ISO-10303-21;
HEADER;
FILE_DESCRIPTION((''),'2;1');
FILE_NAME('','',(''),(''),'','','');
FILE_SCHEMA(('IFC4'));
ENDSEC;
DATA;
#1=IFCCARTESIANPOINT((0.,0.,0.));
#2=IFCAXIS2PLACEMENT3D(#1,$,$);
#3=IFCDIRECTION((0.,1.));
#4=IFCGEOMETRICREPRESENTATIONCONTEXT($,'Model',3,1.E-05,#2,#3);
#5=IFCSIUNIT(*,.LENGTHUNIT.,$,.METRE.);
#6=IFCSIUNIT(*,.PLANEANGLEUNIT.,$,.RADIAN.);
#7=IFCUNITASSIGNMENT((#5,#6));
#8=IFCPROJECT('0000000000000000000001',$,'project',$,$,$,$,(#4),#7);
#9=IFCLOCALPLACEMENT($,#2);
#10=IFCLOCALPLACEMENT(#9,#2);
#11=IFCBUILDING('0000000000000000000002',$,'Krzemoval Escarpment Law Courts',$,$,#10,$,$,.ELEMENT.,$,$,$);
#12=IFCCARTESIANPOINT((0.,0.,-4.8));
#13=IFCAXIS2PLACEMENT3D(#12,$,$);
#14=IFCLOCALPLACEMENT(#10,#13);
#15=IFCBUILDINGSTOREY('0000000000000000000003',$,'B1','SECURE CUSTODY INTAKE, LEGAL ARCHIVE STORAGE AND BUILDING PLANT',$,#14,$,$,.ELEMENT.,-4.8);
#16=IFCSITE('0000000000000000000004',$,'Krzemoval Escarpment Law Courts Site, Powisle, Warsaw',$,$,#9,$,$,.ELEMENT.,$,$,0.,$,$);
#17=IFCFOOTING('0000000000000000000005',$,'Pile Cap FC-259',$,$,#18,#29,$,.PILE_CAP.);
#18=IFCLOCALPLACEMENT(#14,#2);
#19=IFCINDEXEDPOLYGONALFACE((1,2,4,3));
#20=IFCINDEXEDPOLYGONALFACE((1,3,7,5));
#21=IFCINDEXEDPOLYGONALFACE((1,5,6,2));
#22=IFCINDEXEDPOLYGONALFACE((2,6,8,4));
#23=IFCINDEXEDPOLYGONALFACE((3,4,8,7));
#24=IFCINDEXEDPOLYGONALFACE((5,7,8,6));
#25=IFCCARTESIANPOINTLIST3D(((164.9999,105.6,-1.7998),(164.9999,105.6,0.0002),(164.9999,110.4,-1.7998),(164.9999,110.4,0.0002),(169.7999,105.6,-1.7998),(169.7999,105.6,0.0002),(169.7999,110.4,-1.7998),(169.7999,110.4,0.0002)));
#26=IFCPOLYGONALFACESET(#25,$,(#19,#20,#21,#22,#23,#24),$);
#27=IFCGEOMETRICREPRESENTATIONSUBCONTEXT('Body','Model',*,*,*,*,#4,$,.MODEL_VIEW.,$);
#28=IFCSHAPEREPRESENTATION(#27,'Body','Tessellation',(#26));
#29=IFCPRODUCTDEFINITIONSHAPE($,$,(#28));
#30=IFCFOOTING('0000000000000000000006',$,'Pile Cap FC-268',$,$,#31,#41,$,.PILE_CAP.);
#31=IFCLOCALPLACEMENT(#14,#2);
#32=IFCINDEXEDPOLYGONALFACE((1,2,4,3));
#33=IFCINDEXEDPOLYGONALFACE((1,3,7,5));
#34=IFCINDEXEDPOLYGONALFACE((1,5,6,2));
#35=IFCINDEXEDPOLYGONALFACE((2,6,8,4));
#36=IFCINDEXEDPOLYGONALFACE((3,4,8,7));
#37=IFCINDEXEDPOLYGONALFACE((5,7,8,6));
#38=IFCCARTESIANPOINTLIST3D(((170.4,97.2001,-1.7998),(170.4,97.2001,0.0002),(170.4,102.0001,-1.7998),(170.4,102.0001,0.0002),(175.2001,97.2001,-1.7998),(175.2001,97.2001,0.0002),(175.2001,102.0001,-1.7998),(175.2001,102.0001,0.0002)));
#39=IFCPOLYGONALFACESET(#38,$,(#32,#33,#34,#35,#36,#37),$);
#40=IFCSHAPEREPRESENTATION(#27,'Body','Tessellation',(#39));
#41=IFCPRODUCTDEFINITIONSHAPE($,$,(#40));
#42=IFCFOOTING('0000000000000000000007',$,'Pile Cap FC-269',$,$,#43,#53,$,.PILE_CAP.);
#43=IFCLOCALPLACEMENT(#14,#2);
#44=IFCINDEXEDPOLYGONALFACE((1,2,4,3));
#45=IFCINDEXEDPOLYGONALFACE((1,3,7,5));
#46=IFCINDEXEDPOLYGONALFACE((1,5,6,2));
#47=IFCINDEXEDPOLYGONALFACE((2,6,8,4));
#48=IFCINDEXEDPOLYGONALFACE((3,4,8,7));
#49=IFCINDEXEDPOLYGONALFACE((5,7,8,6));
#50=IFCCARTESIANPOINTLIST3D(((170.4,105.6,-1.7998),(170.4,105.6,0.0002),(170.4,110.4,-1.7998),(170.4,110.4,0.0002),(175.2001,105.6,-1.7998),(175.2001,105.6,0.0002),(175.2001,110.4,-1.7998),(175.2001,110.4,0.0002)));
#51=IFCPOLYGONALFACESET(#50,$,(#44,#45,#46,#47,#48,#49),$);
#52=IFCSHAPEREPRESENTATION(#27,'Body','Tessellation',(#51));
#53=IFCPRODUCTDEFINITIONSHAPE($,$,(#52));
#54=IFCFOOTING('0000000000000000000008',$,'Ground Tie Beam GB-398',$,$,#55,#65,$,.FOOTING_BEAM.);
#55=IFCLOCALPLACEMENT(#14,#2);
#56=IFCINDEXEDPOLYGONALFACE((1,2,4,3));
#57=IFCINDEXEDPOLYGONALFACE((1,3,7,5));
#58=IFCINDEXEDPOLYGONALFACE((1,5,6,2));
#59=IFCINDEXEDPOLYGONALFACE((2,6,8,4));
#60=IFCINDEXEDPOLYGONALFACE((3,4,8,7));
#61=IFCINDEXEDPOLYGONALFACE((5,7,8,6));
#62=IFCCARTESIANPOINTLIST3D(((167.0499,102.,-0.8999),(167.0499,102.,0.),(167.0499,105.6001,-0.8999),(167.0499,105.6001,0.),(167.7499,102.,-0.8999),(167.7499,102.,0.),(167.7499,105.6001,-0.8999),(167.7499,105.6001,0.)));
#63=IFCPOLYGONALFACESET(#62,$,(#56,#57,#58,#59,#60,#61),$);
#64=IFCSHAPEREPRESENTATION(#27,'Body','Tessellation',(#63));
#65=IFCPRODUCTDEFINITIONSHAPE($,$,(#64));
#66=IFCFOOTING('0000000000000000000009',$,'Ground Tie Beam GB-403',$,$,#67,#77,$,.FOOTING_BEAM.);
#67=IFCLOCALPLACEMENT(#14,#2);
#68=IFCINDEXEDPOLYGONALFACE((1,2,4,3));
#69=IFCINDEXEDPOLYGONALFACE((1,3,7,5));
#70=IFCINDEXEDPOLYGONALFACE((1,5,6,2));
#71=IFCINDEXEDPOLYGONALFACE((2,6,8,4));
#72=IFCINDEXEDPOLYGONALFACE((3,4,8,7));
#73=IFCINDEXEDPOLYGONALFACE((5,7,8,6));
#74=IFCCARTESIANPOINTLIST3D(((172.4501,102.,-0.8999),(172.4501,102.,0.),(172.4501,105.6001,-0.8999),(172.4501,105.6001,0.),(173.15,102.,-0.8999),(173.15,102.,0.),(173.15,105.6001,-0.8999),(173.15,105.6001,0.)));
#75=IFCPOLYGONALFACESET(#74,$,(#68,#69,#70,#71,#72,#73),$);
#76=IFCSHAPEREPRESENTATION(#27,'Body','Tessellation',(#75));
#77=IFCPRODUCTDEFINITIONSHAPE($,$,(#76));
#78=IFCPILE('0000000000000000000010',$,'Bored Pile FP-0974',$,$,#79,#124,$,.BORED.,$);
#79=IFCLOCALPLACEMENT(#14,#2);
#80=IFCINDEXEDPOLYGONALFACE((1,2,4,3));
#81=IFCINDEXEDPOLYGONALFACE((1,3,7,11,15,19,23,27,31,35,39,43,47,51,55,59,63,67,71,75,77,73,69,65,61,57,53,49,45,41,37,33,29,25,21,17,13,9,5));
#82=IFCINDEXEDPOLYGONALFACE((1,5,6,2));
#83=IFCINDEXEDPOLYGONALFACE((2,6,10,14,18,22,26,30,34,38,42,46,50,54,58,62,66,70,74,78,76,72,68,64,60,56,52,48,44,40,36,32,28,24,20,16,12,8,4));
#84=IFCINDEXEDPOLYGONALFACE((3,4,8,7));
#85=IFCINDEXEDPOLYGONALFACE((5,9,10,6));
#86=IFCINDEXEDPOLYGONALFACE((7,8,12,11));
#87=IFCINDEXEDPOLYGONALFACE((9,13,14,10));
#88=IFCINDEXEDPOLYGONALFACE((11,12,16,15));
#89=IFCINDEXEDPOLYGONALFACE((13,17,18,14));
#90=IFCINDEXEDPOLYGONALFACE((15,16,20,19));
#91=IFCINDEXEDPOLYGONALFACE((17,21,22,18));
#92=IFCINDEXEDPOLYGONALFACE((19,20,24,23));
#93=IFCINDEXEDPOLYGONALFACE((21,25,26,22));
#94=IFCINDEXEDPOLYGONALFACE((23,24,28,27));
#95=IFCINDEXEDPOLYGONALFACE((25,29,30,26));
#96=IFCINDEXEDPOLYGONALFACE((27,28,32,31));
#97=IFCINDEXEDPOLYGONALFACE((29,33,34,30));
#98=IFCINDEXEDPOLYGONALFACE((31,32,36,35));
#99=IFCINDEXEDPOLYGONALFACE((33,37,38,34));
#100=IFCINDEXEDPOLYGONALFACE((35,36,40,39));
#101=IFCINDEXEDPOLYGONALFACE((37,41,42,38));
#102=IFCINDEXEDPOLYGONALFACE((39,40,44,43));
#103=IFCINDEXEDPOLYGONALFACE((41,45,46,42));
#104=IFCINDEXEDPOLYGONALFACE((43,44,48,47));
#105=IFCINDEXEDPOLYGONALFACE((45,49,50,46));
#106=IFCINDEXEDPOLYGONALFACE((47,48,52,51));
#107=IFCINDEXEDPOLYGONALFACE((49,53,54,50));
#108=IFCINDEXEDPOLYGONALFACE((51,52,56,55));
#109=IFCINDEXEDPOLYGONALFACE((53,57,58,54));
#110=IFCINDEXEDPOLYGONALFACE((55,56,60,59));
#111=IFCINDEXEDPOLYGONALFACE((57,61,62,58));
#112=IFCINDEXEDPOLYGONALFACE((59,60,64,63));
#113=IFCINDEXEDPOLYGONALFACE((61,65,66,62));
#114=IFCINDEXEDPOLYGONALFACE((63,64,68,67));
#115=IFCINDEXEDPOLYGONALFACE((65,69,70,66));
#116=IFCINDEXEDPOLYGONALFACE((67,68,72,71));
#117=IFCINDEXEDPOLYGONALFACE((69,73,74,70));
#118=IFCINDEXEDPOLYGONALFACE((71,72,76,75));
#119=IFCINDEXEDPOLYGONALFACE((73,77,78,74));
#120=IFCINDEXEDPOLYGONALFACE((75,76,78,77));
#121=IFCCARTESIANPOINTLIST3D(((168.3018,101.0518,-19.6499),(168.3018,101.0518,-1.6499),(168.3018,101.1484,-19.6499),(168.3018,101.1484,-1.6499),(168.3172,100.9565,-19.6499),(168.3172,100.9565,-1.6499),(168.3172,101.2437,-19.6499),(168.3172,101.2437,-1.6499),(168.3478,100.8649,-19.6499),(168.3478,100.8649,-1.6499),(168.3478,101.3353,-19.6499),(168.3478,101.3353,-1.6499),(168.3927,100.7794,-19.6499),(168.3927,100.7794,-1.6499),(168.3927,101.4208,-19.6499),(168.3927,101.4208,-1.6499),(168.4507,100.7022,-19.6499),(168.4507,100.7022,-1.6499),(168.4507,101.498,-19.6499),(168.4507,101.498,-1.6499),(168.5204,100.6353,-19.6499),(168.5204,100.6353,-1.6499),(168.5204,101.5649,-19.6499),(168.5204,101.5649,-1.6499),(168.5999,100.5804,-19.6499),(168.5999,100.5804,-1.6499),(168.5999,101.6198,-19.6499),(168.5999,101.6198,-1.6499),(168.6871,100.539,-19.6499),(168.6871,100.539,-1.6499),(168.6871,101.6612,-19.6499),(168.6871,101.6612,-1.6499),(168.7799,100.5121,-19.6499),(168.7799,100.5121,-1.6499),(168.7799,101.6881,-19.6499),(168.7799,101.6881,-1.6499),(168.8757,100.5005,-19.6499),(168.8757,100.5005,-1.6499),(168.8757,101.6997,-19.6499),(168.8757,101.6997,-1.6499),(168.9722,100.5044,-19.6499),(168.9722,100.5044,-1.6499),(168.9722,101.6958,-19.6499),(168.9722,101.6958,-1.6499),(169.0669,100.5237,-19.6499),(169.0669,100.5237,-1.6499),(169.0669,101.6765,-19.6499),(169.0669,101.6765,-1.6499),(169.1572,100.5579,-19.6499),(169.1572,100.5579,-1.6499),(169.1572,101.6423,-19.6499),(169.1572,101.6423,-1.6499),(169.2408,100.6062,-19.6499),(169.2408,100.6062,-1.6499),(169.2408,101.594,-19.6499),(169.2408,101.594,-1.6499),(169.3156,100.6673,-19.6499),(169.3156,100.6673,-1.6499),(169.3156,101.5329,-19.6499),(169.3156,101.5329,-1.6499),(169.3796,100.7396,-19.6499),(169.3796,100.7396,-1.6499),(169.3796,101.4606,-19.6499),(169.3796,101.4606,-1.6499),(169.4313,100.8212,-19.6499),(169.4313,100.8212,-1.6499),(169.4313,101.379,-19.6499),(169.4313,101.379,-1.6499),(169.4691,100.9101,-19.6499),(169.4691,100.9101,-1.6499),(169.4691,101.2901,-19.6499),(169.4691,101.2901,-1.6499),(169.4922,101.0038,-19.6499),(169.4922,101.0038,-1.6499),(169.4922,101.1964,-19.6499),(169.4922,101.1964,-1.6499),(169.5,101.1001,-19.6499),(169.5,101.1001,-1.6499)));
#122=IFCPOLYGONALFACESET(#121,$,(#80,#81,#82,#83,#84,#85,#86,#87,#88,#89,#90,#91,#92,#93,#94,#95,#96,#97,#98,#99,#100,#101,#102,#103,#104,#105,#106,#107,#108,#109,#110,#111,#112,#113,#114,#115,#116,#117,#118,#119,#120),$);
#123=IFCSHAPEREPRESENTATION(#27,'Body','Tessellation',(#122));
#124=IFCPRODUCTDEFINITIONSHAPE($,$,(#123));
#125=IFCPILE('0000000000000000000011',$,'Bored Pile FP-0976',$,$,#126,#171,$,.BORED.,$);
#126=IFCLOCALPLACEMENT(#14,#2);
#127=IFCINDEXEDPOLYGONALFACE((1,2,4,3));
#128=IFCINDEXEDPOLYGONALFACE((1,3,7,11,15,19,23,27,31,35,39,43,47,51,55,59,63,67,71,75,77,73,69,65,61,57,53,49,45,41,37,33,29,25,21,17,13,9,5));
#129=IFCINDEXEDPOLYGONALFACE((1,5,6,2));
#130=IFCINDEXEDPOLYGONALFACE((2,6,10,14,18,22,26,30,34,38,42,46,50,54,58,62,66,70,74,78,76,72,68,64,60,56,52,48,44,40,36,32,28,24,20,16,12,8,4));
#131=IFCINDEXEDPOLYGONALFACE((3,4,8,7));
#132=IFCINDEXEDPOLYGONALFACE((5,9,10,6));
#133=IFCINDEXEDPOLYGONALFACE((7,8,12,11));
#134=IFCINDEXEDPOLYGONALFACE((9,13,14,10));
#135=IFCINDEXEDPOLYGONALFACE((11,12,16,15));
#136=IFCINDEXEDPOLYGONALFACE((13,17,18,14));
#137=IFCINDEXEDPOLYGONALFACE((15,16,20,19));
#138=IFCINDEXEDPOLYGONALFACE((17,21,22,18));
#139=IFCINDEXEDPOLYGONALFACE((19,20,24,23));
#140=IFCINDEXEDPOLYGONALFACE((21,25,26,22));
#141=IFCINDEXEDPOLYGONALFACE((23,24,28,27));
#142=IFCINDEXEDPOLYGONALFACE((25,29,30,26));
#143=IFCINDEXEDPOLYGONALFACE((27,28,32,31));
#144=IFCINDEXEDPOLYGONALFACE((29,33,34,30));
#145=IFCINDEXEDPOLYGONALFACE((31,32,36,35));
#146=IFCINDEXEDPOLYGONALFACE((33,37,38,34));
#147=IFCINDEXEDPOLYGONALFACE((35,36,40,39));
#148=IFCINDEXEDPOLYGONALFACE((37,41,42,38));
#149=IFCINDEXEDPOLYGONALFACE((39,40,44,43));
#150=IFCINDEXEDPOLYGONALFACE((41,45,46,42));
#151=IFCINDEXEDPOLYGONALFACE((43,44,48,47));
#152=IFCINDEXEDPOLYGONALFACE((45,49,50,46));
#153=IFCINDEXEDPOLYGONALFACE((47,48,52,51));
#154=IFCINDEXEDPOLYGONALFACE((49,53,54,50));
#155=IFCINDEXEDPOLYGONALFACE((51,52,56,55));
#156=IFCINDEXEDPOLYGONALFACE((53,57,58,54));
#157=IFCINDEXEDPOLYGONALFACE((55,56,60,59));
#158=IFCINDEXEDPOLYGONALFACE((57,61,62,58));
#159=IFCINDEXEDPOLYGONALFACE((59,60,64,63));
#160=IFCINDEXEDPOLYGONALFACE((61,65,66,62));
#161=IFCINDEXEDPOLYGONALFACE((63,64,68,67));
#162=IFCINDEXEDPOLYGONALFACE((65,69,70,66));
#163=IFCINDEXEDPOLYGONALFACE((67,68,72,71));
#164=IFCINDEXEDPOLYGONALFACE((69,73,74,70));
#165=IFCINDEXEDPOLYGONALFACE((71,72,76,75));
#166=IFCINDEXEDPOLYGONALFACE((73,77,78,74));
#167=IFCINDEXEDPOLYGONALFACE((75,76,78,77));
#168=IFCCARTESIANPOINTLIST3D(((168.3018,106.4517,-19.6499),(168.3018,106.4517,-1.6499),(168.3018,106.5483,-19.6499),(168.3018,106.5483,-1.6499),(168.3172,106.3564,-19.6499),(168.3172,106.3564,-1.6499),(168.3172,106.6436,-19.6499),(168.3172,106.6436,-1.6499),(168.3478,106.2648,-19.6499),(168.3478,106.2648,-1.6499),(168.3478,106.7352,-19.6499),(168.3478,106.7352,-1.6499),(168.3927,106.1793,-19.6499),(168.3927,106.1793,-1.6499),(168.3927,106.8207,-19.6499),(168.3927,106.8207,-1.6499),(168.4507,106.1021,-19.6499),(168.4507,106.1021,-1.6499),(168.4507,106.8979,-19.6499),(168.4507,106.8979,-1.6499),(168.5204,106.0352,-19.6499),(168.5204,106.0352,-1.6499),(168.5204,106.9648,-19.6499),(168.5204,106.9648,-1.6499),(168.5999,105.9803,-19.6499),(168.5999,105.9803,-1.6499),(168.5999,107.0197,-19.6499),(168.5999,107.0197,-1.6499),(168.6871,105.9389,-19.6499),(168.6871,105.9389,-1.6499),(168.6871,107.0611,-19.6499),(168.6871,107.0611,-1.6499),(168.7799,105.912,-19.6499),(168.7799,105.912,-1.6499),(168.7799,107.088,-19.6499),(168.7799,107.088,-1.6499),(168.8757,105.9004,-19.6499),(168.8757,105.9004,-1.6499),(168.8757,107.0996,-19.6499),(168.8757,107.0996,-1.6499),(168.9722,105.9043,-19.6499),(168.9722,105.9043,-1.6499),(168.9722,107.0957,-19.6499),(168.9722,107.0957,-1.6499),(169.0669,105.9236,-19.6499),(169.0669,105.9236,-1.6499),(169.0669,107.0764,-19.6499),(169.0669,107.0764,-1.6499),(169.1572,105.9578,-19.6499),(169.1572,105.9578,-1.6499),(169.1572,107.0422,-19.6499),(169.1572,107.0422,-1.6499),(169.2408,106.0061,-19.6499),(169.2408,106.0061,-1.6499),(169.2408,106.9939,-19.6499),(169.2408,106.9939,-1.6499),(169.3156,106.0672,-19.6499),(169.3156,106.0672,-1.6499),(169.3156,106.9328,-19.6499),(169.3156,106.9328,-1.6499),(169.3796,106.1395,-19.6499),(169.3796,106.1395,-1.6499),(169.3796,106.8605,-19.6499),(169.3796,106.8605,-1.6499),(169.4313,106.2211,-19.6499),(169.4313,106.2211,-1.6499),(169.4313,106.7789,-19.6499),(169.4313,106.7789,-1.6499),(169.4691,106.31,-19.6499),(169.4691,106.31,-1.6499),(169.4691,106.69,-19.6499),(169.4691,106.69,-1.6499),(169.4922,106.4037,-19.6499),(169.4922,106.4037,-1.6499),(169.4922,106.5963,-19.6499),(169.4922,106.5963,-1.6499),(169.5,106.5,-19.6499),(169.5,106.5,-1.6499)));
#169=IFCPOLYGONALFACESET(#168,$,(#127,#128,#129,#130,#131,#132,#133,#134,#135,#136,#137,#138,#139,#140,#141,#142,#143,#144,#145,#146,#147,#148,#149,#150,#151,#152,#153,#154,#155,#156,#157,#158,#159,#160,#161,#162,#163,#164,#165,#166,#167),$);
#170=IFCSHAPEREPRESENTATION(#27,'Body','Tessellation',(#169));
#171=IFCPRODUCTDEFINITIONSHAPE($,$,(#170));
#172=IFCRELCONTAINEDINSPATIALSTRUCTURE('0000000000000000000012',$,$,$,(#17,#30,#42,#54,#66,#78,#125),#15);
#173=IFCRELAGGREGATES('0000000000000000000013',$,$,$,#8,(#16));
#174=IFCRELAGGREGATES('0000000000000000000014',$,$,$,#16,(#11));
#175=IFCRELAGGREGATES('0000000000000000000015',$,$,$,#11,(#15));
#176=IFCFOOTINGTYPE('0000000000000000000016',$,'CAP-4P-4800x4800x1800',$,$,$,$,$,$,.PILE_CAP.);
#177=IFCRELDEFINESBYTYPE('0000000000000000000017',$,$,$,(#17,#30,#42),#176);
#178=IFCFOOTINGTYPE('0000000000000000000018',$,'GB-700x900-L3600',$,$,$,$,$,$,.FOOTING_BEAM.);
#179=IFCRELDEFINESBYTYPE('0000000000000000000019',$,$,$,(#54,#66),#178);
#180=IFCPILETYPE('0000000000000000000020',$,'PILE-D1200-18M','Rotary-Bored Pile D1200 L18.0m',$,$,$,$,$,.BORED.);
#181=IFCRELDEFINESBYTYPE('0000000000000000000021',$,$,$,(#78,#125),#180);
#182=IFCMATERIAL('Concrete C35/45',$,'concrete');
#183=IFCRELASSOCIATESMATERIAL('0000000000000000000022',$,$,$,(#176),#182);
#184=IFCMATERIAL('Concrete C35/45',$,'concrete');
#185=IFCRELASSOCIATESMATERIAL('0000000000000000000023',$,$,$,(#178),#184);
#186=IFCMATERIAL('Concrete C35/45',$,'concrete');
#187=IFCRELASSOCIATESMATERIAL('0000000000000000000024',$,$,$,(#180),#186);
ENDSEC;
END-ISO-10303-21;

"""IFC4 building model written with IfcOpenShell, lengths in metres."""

from ifc_helpers import new_model, si_unit, direction, frame, origin, origin_2d, place, context, subcontext, project, spatial, rectangle, circle, extrude, material, material_profile, profile_set, type_object, element, save


model = new_model("IFC4")

# Units and contexts
model_context = context("Model", 3, precision=1e-05, world=origin(), true_north=direction((0.0, 1.0)))
body_context = subcontext(model_context, "Body", "Model", "MODEL_VIEW")
ifc_project = project(units=[si_unit("LENGTHUNIT", "METRE"), si_unit("PLANEANGLEUNIT", "RADIAN")], contexts=[model_context])

# Site, building, storey
site_placement = place(None, origin())
site = spatial("IfcSite", under=ifc_project, at=site_placement, Name="Krzemoval Escarpment Law Courts Site, Powisle, Warsaw", CompositionType="ELEMENT", RefElevation=0.0)
building_placement = place(site_placement, origin())
building = spatial("IfcBuilding", under=site, at=building_placement, Name="Krzemoval Escarpment Law Courts", CompositionType="ELEMENT")
storey_placement = place(building_placement, frame((0.0, 0.0, -4.8)))
storey = spatial("IfcBuildingStorey", under=building, at=storey_placement, Name="B1", Description="SECURE CUSTODY INTAKE, LEGAL ARCHIVE STORAGE AND BUILDING PLANT", CompositionType="ELEMENT", Elevation=-4.8)

# Footings
ifc_material_1 = material(Name="Concrete C35/45", Category="concrete")
footing_type_1 = type_object("IfcFootingType", Name="CAP-4P-4800x4800x1800", PredefinedType="PILE_CAP", material=ifc_material_1)
for number, where, z_axis, x_axis, name in (
    (1, (167.3999, 108.0, -1.7998), (0.0, 0.0, 1.0), (1.0, 0.0, 0.0), "Pile Cap FC-259"),
    (2, (172.8, 99.6001, -1.7998), (0.0, 0.0, 1.0), (1.0, 0.0, 0.0), "Pile Cap FC-268"),
    (3, (172.8, 108.0, -1.7998), (0.0, 0.0, 1.0), (1.0, 0.0, 0.0), "Pile Cap FC-269"),
):
    element("IfcFooting", number, at=place(storey_placement, frame(where, z_axis=z_axis, x_axis=x_axis)), inside=storey, type_object=footing_type_1, Name=name, PredefinedType="PILE_CAP", context=body_context, shape_type="SweptSolid", body=[
        extrude(rectangle(XDim=4.8, YDim=4.8, at=origin_2d()), origin(), (0.0, 0.0, 1.0), 1.8),
    ])
ifc_material_2 = material(Name="Concrete C35/45", Category="concrete")
footing_type_2 = type_object("IfcFootingType", Name="GB-700x900-L3600", PredefinedType="FOOTING_BEAM", material=ifc_material_2)
for number, where, z_axis, x_axis, name in (
    (4, (167.3999, 103.8, -0.8999), (0.0, 0.0, 1.0), (0.0, 1.0, 0.0), "Ground Tie Beam GB-398"),
    (5, (172.8, 103.8, -0.8999), (0.0, 0.0, 1.0), (0.0, 1.0, 0.0), "Ground Tie Beam GB-403"),
):
    element("IfcFooting", number, at=place(storey_placement, frame(where, z_axis=z_axis, x_axis=x_axis)), inside=storey, type_object=footing_type_2, Name=name, PredefinedType="FOOTING_BEAM", context=body_context, shape_type="SweptSolid", body=[
        extrude(rectangle(XDim=3.6001, YDim=0.7, at=origin_2d()), origin(), (0.0, 0.0, 1.0), 0.8999),
    ])

# Piles
ifc_material_3 = material(Name="Concrete C35/45", Category="concrete")
ifc_material_profile_1 = material_profile(ifc_material_3, circle(Radius=0.6001, at=origin_2d()), Name="PILE D1200")
ifc_profile_set_1 = profile_set([ifc_material_profile_1], Name="Concrete C35/45")
pile_type = type_object("IfcPileType", Name="PILE-D1200-18M", Description="Rotary-Bored Pile D1200 L18.0m", PredefinedType="BORED", material=ifc_profile_set_1)
for number, where, z_axis, x_axis, name in (
    (6, (168.8999, 101.1001, -1.6499), (0.0, 0.0, -1.0), (1.0, 0.0, 0.0), "Bored Pile FP-0974"),
    (7, (168.8999, 106.5, -1.6499), (0.0, 0.0, -1.0), (1.0, 0.0, 0.0), "Bored Pile FP-0976"),
):
    element("IfcPile", number, at=place(storey_placement, frame(where, z_axis=z_axis, x_axis=x_axis)), inside=storey, type_object=pile_type, Name=name, PredefinedType="BORED", context=body_context, shape_type="SweptSolid", body=[
        extrude(circle(Radius=0.6001, at=origin_2d()), origin(), (0.0, 0.0, 1.0), 18.0),
    ])

save(model, "model.ifc")
